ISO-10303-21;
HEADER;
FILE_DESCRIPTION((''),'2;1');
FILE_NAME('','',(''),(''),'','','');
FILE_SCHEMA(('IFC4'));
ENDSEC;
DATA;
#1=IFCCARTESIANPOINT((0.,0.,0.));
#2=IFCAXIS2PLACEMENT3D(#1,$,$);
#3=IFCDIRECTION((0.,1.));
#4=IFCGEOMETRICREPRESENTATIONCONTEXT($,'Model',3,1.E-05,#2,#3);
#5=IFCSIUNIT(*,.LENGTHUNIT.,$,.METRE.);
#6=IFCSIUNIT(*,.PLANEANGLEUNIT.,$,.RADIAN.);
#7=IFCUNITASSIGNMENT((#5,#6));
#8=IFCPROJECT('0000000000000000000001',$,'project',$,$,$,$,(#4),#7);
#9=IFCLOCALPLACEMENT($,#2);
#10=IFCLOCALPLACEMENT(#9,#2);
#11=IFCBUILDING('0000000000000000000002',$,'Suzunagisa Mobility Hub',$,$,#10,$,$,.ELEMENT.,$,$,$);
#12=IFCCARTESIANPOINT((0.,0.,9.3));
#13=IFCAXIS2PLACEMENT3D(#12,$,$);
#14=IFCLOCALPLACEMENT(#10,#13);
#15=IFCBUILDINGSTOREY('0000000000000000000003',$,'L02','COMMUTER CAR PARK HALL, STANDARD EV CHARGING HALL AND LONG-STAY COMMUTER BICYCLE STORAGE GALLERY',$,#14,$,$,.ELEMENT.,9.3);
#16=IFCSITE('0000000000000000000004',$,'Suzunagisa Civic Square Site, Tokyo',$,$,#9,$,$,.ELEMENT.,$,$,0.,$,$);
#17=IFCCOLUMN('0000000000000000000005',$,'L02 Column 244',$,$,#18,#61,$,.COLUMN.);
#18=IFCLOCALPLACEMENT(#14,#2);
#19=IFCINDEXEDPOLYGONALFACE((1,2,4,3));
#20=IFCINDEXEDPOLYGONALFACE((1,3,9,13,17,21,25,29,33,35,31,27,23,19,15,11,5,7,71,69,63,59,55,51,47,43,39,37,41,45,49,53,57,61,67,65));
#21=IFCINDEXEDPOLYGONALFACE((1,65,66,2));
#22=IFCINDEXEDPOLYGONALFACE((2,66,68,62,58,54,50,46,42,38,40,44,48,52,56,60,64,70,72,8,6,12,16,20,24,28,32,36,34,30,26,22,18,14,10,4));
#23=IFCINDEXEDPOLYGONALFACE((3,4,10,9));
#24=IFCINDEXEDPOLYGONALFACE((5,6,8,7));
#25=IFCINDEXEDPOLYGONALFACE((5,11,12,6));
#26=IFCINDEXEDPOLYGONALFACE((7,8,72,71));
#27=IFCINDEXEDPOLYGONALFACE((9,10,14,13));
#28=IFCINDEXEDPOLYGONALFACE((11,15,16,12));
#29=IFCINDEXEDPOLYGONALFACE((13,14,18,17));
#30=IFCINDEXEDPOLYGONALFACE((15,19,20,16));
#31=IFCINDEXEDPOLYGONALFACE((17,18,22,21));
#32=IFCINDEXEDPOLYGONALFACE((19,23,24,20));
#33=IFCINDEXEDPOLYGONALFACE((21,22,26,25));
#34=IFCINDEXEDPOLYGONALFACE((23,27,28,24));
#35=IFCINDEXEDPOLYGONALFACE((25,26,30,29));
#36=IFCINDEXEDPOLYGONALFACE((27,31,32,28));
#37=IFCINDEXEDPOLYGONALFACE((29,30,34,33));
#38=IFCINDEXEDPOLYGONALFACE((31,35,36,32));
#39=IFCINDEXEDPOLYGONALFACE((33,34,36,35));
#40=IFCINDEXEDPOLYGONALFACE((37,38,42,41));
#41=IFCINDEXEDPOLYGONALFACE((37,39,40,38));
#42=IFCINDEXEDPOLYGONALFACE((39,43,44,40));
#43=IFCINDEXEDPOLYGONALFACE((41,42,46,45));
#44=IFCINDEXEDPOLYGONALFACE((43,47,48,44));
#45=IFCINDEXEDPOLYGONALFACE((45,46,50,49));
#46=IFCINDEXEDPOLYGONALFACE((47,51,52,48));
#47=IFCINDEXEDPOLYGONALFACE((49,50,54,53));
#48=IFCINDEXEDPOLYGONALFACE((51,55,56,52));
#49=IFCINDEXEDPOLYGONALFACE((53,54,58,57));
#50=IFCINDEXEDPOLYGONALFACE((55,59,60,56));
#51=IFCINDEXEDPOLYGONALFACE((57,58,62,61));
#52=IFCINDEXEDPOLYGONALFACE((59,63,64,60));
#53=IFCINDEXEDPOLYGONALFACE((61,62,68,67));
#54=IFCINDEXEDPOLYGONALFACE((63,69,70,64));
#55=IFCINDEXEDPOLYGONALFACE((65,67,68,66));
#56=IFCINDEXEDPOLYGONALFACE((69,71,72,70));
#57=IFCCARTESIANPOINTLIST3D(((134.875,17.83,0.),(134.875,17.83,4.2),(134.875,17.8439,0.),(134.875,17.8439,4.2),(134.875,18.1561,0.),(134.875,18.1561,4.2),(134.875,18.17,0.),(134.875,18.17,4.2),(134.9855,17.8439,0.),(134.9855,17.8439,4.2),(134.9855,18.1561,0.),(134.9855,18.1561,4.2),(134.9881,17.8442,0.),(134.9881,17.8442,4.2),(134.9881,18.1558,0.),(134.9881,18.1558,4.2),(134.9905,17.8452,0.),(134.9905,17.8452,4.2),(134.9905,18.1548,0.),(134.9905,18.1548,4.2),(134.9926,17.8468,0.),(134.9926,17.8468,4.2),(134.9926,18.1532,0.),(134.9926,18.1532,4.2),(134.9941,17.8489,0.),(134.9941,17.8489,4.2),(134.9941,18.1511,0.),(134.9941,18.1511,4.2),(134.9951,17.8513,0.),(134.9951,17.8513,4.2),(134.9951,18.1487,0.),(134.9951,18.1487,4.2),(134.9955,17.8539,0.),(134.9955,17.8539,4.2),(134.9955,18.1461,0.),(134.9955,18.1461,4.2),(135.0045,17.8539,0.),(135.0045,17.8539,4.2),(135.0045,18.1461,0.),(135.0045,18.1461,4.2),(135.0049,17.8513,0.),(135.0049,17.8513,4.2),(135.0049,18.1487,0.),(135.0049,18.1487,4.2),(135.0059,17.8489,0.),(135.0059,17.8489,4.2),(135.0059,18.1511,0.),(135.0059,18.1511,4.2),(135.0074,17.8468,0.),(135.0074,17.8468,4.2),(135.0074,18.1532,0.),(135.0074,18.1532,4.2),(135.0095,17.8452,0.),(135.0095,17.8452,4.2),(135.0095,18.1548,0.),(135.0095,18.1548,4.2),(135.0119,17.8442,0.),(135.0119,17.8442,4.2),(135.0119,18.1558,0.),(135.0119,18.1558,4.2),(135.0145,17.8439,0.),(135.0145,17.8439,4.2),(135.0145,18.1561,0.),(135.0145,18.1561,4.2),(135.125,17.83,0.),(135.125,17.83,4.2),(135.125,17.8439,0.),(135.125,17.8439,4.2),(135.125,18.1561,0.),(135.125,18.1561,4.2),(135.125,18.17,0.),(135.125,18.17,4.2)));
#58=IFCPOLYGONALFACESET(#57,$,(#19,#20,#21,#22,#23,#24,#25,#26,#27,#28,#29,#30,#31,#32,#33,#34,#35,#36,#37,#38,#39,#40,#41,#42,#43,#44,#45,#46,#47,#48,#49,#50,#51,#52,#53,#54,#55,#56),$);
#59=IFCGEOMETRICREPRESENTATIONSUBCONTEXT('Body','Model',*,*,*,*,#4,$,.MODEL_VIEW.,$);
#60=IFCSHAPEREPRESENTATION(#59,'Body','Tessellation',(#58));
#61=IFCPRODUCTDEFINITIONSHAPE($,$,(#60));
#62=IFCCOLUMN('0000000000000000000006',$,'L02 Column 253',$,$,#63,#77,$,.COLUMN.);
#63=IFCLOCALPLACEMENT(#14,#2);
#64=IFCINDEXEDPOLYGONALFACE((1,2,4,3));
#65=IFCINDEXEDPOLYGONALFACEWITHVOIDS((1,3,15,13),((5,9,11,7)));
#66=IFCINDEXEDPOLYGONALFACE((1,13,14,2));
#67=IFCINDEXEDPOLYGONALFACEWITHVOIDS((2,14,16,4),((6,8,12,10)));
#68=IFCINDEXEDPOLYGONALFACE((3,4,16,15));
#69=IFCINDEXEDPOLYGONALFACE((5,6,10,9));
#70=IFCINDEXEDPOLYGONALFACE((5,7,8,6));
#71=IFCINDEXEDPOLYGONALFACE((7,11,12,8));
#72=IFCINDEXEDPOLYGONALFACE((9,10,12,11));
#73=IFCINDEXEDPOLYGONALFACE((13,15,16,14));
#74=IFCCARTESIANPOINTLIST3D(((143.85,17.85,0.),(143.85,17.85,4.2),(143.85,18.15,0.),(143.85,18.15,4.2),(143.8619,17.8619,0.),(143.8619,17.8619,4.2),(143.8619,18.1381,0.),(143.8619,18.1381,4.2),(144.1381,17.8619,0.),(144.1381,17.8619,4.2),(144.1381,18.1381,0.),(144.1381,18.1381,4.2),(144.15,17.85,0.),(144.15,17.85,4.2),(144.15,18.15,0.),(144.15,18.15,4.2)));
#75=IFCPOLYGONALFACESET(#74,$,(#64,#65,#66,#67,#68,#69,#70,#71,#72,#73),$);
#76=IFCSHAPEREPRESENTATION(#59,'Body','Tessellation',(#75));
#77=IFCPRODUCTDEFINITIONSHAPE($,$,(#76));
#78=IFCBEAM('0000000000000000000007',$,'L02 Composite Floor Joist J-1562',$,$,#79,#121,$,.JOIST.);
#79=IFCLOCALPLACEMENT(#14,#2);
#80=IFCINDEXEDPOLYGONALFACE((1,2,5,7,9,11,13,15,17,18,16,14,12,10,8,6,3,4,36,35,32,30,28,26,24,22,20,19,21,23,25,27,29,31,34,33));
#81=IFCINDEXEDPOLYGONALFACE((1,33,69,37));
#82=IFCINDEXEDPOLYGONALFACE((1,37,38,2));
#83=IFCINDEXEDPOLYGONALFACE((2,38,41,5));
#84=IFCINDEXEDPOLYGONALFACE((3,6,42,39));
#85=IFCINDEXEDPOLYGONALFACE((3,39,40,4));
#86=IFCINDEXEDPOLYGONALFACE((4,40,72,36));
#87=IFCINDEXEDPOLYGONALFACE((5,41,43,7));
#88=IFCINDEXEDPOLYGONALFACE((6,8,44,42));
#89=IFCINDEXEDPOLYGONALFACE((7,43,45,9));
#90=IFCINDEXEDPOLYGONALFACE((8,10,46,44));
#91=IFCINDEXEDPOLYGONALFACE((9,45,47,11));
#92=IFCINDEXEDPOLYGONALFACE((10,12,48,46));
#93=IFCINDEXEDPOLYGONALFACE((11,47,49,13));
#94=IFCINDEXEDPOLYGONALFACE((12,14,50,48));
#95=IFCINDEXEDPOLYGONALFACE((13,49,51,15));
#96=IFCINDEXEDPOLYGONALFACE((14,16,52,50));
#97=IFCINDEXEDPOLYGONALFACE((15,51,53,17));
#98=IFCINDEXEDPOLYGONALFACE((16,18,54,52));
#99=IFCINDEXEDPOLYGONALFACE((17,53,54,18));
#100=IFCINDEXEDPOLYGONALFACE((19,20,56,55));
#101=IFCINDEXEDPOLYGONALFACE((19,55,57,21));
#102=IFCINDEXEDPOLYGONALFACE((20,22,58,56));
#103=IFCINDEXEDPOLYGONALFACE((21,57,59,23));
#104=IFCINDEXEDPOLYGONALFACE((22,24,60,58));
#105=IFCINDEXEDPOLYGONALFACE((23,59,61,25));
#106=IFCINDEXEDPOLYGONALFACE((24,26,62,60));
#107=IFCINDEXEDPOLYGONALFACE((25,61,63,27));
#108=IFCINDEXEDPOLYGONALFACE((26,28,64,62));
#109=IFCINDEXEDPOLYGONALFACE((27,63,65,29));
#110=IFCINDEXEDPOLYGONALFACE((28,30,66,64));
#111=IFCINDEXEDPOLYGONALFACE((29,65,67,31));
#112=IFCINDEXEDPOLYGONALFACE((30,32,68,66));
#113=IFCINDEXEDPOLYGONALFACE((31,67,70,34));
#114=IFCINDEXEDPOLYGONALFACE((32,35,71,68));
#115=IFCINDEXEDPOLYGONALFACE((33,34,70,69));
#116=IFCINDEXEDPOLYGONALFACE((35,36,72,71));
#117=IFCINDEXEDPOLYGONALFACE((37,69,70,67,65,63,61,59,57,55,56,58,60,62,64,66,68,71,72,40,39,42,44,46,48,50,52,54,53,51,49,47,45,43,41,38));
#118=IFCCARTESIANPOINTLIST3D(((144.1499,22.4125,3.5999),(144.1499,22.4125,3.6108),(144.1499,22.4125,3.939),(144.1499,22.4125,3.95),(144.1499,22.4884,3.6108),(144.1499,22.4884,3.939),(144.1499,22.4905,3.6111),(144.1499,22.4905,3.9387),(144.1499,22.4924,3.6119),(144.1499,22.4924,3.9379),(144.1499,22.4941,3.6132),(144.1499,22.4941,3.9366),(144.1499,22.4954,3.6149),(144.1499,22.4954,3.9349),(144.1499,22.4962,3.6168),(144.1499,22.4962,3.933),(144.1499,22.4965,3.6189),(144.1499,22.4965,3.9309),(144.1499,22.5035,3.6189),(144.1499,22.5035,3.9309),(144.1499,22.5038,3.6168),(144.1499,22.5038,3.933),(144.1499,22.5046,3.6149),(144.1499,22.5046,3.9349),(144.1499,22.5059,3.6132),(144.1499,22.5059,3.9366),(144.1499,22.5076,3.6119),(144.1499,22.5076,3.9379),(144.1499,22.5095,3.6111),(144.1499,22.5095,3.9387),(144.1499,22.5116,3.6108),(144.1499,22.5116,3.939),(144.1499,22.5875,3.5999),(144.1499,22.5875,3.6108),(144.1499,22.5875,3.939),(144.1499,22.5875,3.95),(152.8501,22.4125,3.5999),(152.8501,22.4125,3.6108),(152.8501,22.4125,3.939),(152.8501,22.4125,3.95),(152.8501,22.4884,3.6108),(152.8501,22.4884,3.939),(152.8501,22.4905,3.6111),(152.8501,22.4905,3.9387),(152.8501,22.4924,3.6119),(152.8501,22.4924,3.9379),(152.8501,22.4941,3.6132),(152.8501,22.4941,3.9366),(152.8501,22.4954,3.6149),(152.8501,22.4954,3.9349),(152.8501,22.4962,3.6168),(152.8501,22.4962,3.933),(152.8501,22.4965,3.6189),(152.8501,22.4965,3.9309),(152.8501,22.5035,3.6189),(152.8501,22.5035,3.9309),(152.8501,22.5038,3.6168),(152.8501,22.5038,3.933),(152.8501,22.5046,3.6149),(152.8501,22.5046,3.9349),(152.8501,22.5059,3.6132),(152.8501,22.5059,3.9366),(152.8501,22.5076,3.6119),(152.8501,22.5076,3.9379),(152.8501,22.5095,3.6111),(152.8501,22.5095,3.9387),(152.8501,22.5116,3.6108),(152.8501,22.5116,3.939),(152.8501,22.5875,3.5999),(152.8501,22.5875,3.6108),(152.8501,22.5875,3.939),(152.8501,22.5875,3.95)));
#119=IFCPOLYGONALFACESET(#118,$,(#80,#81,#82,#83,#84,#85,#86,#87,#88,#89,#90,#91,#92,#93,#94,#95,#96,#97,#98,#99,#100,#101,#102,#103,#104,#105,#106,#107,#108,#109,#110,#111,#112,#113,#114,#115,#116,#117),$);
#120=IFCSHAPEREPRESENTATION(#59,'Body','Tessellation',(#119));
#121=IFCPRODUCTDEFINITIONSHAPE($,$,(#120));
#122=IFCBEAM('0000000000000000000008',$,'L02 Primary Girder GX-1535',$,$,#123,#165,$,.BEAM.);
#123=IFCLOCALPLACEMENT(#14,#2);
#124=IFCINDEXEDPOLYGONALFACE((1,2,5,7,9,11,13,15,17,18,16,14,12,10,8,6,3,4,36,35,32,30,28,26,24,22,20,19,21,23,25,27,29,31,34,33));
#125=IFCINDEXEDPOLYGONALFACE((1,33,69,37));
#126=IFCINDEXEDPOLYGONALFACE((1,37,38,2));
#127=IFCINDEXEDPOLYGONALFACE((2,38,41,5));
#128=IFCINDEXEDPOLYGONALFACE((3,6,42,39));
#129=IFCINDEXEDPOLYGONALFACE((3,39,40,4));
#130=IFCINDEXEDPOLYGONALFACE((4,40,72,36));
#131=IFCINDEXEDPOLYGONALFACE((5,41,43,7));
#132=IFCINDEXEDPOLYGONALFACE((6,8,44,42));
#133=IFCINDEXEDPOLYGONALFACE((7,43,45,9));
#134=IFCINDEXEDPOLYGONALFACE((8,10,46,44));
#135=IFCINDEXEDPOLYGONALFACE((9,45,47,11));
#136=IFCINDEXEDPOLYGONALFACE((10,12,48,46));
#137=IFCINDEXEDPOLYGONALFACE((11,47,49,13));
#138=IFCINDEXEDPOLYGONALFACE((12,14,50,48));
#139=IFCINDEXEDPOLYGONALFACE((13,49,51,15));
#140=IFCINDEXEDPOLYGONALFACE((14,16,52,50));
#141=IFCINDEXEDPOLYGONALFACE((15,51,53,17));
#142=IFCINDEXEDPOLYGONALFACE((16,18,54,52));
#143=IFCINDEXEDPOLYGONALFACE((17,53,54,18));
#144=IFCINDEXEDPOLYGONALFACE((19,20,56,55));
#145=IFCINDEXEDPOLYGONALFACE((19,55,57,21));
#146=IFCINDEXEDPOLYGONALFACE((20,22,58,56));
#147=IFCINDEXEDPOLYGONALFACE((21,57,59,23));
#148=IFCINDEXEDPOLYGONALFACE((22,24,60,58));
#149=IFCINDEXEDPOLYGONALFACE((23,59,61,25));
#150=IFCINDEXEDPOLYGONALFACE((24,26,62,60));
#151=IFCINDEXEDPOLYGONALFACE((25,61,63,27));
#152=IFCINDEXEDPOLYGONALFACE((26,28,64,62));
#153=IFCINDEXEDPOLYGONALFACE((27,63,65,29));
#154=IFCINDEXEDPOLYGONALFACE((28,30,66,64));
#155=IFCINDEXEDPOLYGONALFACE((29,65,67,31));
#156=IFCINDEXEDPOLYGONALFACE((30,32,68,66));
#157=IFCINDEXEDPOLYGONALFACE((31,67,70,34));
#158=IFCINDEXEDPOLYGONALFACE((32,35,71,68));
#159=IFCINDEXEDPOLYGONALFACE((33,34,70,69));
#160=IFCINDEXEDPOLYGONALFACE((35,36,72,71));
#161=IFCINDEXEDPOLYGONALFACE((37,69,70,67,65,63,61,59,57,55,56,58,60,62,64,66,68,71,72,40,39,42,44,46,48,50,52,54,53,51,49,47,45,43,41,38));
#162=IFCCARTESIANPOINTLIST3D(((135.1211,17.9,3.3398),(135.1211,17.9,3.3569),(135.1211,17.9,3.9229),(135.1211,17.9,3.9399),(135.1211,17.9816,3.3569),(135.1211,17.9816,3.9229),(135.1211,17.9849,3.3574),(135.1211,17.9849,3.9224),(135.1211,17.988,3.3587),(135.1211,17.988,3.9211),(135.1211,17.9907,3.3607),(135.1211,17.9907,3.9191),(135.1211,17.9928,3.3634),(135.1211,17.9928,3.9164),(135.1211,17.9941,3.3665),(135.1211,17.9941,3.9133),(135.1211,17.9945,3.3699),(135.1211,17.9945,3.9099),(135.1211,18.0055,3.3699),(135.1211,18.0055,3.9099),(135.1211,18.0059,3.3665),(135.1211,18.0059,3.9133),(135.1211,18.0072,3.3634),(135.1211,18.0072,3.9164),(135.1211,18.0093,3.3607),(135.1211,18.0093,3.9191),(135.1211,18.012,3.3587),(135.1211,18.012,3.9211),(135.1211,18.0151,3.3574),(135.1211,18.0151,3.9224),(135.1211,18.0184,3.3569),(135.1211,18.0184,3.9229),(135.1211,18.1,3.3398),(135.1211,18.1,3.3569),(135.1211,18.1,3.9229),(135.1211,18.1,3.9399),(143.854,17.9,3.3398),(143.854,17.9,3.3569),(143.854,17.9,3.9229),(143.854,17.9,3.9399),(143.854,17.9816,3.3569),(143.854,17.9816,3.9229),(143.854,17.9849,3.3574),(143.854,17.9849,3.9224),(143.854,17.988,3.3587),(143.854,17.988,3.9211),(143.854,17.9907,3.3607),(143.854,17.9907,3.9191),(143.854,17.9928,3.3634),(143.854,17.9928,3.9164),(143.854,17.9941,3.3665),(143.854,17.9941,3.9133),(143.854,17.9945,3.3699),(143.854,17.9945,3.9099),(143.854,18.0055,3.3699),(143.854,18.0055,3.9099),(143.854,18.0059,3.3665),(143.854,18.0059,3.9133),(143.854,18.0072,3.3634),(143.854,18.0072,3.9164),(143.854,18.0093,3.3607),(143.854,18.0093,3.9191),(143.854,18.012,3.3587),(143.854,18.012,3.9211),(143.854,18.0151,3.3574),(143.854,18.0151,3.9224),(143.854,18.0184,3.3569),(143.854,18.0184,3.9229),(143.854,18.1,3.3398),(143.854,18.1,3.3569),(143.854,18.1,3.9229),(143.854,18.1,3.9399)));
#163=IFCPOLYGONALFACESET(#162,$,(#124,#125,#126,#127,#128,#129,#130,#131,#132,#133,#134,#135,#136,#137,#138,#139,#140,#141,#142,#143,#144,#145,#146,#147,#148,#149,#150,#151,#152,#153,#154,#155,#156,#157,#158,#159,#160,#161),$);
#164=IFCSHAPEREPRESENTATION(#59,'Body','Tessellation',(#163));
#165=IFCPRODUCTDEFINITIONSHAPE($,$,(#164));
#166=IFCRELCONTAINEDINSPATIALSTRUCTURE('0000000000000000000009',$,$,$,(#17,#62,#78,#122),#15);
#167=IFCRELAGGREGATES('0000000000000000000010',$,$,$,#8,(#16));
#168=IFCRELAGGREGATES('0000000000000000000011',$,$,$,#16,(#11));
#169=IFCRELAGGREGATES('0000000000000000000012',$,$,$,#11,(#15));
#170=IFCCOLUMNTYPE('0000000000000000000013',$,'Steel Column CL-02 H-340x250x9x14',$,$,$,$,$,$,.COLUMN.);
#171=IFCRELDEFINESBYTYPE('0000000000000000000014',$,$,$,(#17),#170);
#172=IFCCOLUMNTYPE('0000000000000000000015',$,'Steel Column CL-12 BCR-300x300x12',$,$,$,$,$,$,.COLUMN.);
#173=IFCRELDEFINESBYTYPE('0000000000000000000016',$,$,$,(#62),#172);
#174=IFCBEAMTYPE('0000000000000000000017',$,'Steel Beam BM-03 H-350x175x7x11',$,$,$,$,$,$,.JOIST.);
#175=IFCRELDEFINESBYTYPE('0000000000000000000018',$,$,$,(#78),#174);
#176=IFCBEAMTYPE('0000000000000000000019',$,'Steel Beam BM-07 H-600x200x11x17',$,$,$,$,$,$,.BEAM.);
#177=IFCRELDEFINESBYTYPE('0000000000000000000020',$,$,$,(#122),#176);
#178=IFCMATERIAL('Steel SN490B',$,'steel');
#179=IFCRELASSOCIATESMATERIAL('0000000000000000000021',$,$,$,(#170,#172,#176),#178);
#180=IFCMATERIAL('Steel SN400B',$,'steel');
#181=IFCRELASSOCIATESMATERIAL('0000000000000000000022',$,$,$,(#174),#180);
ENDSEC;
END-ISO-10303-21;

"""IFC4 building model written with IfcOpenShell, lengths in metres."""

from ifc_helpers import new_model, si_unit, direction, frame, origin, origin_2d, place, context, subcontext, project, spatial, hollow_rectangle, i_section, extrude, material, material_profile, profile_set, type_object, element, save


model = new_model("IFC4")

# Units and contexts
model_context = context("Model", 3, precision=1e-05, world=origin(), true_north=direction((0.0, 1.0)))
body_context = subcontext(model_context, "Body", "Model", "MODEL_VIEW")
ifc_project = project(units=[si_unit("LENGTHUNIT", "METRE"), si_unit("PLANEANGLEUNIT", "RADIAN")], contexts=[model_context])

# Site, building, storey
site_placement = place(None, origin())
site = spatial("IfcSite", under=ifc_project, at=site_placement, Name="Suzunagisa Civic Square Site, Tokyo", CompositionType="ELEMENT", RefElevation=0.0)
building_placement = place(site_placement, origin())
building = spatial("IfcBuilding", under=site, at=building_placement, Name="Suzunagisa Mobility Hub", CompositionType="ELEMENT")
storey_placement = place(building_placement, frame((0.0, 0.0, 9.3)))
storey = spatial("IfcBuildingStorey", under=building, at=storey_placement, Name="L02", Description="COMMUTER CAR PARK HALL, STANDARD EV CHARGING HALL AND LONG-STAY COMMUTER BICYCLE STORAGE GALLERY", CompositionType="ELEMENT", Elevation=9.3)

# Columns
ifc_material_1 = material(Name="Steel SN490B", Category="steel")
ifc_material_profile_1 = material_profile(ifc_material_1, i_section(OverallWidth=0.25, OverallDepth=0.3401, WebThickness=0.009, FlangeThickness=0.0139, FilletRadius=0.01, at=origin_2d()), Name="H-340x250x9x14")
ifc_profile_set_1 = profile_set([ifc_material_profile_1], Name="Steel SN490B")
column_type_1 = type_object("IfcColumnType", Name="Steel Column CL-02 H-340x250x9x14", PredefinedType="COLUMN", material=ifc_profile_set_1)
column_1_placement = place(storey_placement, frame((135.0, 18.0, 0.0), z_axis=(0.0, 0.0, 1.0), x_axis=(1.0, 0.0, 0.0)))
element("IfcColumn", 1, at=column_1_placement, inside=storey, type_object=column_type_1, Name="L02 Column 244", PredefinedType="COLUMN", context=body_context, shape_type="SweptSolid", body=[
    extrude(i_section(OverallWidth=0.25, OverallDepth=0.3401, WebThickness=0.009, FlangeThickness=0.0139, FilletRadius=0.01, at=origin_2d()), origin(), (0.0, 0.0, 1.0), 4.2),
])
ifc_material_profile_2 = material_profile(ifc_material_1, hollow_rectangle(XDim=0.3, YDim=0.3, WallThickness=0.012, at=origin_2d()), Name="BCR-300x300x12")
ifc_profile_set_2 = profile_set([ifc_material_profile_2], Name="Steel SN490B")
column_type_2 = type_object("IfcColumnType", Name="Steel Column CL-12 BCR-300x300x12", PredefinedType="COLUMN", material=ifc_profile_set_2)
column_2_placement = place(storey_placement, frame((144.0, 18.0, 0.0), z_axis=(0.0, 0.0, 1.0), x_axis=(1.0, 0.0, 0.0)))
element("IfcColumn", 2, at=column_2_placement, inside=storey, type_object=column_type_2, Name="L02 Column 253", PredefinedType="COLUMN", context=body_context, shape_type="SweptSolid", body=[
    extrude(hollow_rectangle(XDim=0.3, YDim=0.3, WallThickness=0.012, at=origin_2d()), origin(), (0.0, 0.0, 1.0), 4.2),
])

# Beams
ifc_material_2 = material(Name="Steel SN400B", Category="steel")
ifc_material_profile_3 = material_profile(ifc_material_2, i_section(OverallWidth=0.175, OverallDepth=0.3501, WebThickness=0.0071, FlangeThickness=0.011, FilletRadius=0.0081, at=origin_2d()), Name="H-350x175x7x11")
ifc_profile_set_3 = profile_set([ifc_material_profile_3], Name="Steel SN400B")
beam_type_1 = type_object("IfcBeamType", Name="Steel Beam BM-03 H-350x175x7x11", PredefinedType="JOIST", material=ifc_profile_set_3)
beam_placement = place(storey_placement, frame((144.1499, 22.5, 3.7749), z_axis=(1.0, 0.0, 0.0), x_axis=(0.0, 1.0, 0.0)))
element("IfcBeam", 3, at=beam_placement, inside=storey, type_object=beam_type_1, Name="L02 Composite Floor Joist J-1562", PredefinedType="JOIST", context=body_context, shape_type="SweptSolid", body=[
    extrude(i_section(OverallWidth=0.175, OverallDepth=0.3501, WebThickness=0.0071, FlangeThickness=0.011, FilletRadius=0.0081, at=origin_2d()), origin(), (0.0, 0.0, 1.0), 8.7002),
])
ifc_material_profile_4 = material_profile(ifc_material_1, i_section(OverallWidth=0.2, OverallDepth=0.6001, WebThickness=0.011, FlangeThickness=0.0171, FilletRadius=0.0129, at=origin_2d()), Name="H-600x200x11x17")
ifc_profile_set_4 = profile_set([ifc_material_profile_4], Name="Steel SN490B")
beam_type_2 = type_object("IfcBeamType", Name="Steel Beam BM-07 H-600x200x11x17", PredefinedType="BEAM", material=ifc_profile_set_4)
for number, where, z_axis, x_axis, name in (
    (4, (135.1211, 18.0, 3.6399), (1.0, 0.0, 0.0), (0.0, 1.0, 0.0), "L02 Primary Girder GX-1535"),
):
    element("IfcBeam", number, at=place(storey_placement, frame(where, z_axis=z_axis, x_axis=x_axis)), inside=storey, type_object=beam_type_2, Name=name, PredefinedType="BEAM", context=body_context, shape_type="SweptSolid", body=[
        extrude(i_section(OverallWidth=0.2, OverallDepth=0.6001, WebThickness=0.011, FlangeThickness=0.0171, FilletRadius=0.0129, at=origin_2d()), origin(), (0.0, 0.0, 1.0), 8.7329),
    ])

save(model, "model.ifc")
